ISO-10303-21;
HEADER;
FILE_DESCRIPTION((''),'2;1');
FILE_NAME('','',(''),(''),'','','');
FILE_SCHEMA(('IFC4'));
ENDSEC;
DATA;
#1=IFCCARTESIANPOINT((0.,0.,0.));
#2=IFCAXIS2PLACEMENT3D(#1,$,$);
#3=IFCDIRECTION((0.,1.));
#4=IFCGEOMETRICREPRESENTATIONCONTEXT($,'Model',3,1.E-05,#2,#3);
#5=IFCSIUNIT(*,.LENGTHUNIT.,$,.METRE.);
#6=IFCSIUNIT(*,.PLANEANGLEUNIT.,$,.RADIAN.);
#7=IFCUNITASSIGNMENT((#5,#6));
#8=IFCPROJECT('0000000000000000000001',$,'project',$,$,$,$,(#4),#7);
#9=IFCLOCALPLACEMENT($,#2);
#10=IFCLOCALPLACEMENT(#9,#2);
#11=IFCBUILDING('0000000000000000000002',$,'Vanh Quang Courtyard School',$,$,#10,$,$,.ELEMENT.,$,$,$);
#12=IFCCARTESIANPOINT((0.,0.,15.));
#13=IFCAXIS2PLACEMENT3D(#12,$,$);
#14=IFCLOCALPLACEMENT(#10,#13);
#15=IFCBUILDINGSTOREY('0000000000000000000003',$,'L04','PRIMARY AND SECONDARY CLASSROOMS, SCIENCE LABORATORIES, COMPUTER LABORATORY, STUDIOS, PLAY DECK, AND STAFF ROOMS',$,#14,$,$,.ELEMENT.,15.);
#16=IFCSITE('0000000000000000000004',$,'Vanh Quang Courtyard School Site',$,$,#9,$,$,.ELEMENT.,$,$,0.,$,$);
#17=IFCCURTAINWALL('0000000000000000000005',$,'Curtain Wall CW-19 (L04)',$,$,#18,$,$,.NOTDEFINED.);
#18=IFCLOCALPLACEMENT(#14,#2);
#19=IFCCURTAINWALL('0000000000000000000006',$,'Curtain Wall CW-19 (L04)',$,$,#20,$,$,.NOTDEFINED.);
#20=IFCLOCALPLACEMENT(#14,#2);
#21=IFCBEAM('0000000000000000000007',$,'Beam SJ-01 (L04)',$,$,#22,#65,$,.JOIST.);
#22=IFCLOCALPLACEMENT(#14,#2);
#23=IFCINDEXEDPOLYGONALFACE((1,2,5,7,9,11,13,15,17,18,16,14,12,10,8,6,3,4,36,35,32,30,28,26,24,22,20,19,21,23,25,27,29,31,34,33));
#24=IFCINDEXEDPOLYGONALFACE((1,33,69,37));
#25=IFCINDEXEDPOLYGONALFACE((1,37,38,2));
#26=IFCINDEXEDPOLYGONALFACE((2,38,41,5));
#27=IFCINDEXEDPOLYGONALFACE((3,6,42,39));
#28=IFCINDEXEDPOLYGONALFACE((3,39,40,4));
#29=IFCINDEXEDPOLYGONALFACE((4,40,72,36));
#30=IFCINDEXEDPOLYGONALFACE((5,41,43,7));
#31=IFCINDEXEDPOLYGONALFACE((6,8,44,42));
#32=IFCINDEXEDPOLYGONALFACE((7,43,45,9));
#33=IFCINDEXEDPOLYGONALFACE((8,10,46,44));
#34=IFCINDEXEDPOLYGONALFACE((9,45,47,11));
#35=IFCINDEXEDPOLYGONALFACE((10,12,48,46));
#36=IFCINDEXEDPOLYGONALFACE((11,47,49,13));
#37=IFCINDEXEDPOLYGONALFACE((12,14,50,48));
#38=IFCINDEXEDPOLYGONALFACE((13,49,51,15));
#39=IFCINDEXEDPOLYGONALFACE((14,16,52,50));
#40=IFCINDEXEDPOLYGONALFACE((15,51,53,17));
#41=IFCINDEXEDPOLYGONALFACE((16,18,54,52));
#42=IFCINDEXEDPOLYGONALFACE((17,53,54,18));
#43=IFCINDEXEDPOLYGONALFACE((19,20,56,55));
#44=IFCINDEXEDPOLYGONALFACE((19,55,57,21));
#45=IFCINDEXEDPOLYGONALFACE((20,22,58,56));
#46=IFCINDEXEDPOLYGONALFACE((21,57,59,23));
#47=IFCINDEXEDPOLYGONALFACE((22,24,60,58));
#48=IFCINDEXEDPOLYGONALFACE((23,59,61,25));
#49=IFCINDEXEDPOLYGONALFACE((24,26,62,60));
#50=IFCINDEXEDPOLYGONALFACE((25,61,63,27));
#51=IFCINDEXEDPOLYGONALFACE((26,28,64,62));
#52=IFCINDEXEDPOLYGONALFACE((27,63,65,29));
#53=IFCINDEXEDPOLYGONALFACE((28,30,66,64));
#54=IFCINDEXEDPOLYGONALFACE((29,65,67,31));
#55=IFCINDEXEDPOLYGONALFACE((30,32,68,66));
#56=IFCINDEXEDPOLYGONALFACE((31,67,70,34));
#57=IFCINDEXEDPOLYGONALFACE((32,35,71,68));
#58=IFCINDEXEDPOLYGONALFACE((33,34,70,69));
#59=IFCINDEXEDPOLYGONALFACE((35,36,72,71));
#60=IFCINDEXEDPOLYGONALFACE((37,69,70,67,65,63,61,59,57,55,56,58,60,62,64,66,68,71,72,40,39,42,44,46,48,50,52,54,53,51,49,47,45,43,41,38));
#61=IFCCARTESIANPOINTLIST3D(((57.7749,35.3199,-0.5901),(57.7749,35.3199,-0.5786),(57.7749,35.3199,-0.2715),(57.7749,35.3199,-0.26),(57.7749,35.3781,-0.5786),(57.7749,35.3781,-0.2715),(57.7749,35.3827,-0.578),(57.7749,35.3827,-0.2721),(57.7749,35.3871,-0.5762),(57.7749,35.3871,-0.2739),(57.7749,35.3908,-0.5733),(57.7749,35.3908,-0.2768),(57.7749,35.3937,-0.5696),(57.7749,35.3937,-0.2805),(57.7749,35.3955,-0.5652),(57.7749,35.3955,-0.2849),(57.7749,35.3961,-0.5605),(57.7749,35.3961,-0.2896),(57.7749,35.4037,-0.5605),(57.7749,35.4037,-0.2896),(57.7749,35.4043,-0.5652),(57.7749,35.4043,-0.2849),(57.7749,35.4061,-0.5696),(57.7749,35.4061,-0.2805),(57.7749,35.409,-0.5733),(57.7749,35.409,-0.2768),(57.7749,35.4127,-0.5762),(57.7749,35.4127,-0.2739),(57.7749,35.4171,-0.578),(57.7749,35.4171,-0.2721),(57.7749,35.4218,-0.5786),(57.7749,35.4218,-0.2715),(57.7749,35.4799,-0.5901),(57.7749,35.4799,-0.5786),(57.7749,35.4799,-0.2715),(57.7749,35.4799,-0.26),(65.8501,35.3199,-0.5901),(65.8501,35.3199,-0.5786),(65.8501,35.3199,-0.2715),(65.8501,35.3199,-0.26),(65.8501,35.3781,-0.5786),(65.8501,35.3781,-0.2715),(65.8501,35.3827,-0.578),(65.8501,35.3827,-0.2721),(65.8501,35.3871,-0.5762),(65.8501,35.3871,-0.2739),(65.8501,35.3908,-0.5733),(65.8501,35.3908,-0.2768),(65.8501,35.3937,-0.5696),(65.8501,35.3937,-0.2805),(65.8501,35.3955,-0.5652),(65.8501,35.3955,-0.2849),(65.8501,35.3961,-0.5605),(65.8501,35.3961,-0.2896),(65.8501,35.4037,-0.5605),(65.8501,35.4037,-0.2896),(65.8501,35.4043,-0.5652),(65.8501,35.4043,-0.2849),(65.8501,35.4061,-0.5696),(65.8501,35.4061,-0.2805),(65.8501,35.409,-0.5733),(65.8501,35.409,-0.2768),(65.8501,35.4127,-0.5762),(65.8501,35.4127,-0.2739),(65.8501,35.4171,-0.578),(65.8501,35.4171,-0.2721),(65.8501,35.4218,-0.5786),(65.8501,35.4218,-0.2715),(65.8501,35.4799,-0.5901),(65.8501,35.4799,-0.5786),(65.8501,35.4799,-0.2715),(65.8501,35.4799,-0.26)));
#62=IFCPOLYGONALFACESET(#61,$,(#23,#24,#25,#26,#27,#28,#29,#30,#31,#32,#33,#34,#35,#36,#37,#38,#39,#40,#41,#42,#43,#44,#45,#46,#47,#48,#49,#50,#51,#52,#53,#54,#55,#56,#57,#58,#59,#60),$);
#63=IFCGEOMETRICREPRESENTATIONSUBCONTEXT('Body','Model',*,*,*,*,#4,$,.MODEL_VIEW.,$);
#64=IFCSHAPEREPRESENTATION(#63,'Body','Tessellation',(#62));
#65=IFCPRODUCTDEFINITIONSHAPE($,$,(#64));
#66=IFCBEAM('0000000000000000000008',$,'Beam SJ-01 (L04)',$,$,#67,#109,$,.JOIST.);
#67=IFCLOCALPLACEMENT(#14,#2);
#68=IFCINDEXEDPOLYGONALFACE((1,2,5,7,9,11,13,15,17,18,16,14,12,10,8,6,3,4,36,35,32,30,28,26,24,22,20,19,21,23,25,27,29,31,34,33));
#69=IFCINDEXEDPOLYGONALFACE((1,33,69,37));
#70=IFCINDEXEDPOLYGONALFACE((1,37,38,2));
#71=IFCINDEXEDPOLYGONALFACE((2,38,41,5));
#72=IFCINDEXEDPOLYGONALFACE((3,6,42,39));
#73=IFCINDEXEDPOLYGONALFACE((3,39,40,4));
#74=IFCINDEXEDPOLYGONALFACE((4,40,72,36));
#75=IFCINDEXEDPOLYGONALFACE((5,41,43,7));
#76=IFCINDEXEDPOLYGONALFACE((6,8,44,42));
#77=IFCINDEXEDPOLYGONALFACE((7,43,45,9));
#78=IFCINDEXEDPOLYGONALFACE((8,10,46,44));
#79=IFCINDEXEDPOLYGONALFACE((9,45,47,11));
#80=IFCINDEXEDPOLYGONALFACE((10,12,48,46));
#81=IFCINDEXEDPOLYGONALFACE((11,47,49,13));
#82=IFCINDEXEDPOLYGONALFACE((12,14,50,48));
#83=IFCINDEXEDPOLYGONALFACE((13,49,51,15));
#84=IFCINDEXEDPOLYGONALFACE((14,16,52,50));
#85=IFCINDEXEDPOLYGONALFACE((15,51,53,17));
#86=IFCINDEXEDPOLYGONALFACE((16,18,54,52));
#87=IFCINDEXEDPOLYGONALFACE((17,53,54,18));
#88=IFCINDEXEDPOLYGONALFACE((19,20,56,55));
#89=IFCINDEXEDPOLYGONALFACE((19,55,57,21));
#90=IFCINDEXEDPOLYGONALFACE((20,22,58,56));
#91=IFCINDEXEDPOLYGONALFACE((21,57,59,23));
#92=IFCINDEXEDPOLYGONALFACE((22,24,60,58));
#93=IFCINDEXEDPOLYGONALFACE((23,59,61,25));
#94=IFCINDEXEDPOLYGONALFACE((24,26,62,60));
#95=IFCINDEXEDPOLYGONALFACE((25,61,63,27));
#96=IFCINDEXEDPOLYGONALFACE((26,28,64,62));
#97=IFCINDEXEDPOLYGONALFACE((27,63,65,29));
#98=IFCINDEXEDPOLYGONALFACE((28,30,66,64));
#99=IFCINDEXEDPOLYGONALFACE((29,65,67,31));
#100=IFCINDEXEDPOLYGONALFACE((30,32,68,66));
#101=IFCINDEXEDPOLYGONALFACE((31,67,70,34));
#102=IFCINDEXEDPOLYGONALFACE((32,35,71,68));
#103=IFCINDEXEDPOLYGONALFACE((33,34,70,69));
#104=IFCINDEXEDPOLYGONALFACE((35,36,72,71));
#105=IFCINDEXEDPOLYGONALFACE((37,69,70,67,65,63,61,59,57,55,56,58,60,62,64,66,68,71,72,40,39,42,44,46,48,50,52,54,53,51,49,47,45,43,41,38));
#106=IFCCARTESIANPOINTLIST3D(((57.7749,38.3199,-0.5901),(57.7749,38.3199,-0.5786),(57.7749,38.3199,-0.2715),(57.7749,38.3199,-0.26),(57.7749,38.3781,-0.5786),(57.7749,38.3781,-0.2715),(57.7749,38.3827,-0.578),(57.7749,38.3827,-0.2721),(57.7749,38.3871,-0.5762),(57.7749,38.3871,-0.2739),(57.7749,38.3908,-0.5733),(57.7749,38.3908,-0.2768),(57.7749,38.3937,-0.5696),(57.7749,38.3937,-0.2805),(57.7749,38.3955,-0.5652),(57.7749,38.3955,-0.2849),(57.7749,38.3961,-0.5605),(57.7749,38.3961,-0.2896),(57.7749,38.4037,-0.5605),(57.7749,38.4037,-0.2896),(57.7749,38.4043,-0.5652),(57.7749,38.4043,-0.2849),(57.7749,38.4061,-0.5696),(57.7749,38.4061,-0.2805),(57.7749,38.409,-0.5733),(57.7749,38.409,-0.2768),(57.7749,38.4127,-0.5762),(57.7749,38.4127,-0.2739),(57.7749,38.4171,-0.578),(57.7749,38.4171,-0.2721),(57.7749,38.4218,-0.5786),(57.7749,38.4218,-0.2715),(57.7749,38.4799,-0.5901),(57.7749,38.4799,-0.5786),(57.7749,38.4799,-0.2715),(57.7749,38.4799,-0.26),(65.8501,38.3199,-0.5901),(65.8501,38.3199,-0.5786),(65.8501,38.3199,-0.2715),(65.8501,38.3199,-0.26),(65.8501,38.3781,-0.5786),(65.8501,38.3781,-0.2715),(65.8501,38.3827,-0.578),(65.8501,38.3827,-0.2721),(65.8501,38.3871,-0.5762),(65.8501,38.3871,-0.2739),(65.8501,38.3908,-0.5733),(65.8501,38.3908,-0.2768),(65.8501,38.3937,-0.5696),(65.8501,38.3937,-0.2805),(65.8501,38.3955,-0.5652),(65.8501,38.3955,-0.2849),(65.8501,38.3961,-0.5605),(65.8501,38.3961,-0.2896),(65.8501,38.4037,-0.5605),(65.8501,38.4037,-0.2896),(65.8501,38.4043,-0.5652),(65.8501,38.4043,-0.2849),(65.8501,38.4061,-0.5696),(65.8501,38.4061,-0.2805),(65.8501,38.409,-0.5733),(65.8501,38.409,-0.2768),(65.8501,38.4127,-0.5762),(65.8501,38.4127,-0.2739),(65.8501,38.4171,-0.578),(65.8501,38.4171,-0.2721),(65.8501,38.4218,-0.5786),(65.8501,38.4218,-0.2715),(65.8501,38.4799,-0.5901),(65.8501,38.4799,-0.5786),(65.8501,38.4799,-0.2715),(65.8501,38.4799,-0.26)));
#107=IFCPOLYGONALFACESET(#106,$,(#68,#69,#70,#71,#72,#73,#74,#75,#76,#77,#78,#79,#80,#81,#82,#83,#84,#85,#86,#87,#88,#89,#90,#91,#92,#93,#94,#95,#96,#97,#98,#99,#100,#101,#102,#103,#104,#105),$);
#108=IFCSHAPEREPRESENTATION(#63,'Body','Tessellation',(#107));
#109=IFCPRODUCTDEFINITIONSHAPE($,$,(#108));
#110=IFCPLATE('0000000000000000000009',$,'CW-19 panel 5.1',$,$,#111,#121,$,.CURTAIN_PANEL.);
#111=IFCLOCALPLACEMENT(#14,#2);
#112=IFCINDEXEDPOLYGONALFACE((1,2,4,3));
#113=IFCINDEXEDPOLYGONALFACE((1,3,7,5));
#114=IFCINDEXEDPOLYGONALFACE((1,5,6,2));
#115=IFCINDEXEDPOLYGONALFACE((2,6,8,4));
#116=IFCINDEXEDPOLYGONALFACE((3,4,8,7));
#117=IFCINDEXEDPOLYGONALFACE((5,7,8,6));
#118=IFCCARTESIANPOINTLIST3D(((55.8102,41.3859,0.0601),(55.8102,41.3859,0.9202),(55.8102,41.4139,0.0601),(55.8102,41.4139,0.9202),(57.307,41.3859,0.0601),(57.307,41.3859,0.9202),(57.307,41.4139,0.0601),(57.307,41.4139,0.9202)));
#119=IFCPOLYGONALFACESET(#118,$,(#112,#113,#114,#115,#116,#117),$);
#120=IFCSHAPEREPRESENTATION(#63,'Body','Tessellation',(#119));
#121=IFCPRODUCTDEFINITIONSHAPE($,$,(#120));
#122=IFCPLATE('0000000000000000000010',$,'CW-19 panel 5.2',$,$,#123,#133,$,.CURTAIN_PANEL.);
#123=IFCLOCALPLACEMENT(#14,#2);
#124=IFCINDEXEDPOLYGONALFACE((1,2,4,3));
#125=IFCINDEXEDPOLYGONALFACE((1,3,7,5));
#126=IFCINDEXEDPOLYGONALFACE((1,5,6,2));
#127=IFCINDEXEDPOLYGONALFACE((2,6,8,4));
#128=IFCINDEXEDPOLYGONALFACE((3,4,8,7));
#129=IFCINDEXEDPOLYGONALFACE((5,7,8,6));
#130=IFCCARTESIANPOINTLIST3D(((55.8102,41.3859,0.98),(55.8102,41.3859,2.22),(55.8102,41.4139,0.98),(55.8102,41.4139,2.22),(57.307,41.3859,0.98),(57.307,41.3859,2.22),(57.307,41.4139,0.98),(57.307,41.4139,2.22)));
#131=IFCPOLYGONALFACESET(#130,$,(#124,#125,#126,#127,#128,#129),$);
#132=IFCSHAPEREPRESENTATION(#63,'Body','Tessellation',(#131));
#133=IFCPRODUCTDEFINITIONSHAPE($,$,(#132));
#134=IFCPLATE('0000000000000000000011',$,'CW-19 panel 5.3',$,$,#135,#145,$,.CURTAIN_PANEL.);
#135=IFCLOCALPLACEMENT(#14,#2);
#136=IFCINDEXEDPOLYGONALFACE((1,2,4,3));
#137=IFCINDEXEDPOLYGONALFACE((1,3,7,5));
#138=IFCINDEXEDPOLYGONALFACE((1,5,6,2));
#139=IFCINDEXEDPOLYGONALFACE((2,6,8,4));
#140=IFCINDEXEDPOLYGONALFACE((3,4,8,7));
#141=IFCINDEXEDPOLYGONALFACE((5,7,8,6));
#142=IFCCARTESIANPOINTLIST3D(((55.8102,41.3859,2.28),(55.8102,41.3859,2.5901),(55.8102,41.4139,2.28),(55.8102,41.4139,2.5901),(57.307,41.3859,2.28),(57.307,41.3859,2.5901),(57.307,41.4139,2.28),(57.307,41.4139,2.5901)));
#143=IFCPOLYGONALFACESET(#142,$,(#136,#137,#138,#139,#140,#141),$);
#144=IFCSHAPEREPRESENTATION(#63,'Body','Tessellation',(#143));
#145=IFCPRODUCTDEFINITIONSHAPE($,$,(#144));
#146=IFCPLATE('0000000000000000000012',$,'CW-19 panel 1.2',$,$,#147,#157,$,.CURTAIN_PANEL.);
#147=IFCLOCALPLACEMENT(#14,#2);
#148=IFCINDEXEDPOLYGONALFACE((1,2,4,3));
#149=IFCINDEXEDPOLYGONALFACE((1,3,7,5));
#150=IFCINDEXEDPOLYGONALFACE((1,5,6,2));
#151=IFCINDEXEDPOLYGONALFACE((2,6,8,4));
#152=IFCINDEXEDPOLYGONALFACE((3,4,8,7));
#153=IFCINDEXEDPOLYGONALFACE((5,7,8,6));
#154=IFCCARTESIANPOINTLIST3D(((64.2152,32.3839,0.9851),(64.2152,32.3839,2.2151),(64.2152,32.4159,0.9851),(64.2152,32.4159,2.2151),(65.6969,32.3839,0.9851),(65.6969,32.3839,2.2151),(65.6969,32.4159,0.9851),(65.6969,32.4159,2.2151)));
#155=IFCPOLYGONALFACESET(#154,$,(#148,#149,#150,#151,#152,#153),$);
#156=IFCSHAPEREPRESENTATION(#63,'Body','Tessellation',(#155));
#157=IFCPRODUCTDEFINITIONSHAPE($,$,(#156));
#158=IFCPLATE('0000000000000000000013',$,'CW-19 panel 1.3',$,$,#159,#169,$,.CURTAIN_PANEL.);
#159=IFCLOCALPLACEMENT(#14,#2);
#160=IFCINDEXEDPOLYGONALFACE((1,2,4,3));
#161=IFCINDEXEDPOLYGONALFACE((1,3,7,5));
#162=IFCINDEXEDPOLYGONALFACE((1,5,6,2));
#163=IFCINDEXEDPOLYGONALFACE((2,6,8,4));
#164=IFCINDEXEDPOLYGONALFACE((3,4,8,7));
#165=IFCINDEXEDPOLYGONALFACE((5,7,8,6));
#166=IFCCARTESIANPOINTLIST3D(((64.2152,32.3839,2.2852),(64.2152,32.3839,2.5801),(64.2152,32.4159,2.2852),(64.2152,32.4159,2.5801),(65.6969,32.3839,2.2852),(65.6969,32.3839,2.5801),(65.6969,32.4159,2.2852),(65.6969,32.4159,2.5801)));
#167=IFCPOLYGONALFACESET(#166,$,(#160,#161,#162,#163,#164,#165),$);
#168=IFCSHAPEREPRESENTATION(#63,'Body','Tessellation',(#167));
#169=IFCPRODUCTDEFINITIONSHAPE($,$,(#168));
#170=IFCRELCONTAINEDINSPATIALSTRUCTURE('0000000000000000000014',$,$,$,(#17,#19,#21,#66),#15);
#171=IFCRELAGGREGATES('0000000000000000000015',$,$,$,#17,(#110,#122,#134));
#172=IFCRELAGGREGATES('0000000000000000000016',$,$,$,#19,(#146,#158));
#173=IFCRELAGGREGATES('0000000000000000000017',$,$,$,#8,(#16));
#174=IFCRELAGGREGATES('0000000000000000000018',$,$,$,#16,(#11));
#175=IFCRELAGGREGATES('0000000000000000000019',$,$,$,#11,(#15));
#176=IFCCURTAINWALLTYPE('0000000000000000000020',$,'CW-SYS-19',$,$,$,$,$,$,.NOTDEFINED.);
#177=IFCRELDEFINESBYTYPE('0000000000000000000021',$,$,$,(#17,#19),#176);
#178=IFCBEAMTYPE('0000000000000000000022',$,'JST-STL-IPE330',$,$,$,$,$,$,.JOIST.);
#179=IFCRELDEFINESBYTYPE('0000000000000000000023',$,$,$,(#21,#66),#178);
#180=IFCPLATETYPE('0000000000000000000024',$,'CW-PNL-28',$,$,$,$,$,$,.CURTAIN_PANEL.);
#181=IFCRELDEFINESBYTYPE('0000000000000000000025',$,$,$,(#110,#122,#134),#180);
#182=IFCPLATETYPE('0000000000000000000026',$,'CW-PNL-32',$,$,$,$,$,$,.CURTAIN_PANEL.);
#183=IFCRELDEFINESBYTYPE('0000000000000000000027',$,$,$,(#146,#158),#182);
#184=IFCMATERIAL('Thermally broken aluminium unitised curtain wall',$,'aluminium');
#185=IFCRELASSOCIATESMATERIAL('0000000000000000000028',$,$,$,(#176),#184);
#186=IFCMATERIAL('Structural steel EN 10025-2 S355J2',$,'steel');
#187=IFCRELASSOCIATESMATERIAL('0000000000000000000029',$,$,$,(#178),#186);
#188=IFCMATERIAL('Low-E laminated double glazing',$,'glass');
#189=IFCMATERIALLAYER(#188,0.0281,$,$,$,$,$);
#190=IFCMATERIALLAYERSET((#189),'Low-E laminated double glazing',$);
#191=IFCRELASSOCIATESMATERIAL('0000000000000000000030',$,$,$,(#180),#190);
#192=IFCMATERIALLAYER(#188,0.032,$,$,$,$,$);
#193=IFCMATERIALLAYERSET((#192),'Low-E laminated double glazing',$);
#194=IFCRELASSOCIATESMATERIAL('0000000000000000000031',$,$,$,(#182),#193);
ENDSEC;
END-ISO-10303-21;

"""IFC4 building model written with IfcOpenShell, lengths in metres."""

from ifc_helpers import new_model, si_unit, direction, frame, origin, origin_2d, place, context, subcontext, project, spatial, rectangle, i_section, extrude, material, layer, layer_set, material_profile, profile_set, type_object, element, aggregate, save


model = new_model("IFC4")

# Units and contexts
model_context = context("Model", 3, precision=1e-05, world=origin(), true_north=direction((0.0, 1.0)))
body_context = subcontext(model_context, "Body", "Model", "MODEL_VIEW")
ifc_project = project(units=[si_unit("LENGTHUNIT", "METRE"), si_unit("PLANEANGLEUNIT", "RADIAN")], contexts=[model_context])

# Site, building, storey
site_placement = place(None, origin())
site = spatial("IfcSite", under=ifc_project, at=site_placement, Name="Vanh Quang Courtyard School Site", CompositionType="ELEMENT", RefElevation=0.0)
building_placement = place(site_placement, origin())
building = spatial("IfcBuilding", under=site, at=building_placement, Name="Vanh Quang Courtyard School", CompositionType="ELEMENT")
storey_placement = place(building_placement, frame((0.0, 0.0, 15.0)))
storey = spatial("IfcBuildingStorey", under=building, at=storey_placement, Name="L04", Description="PRIMARY AND SECONDARY CLASSROOMS, SCIENCE LABORATORIES, COMPUTER LABORATORY, STUDIOS, PLAY DECK, AND STAFF ROOMS", CompositionType="ELEMENT", Elevation=15.0)

# Curtain walls
ifc_material_1 = material(Name="Thermally broken aluminium unitised curtain wall", Category="aluminium")
curtain_wall_type_1 = type_object("IfcCurtainWallType", Name="CW-SYS-19", PredefinedType="NOTDEFINED", material=ifc_material_1)
curtain_wall_1_placement = place(storey_placement, origin())
curtain_wall_1 = element("IfcCurtainWall", 1, at=curtain_wall_1_placement, inside=storey, type_object=curtain_wall_type_1, Name="Curtain Wall CW-19 (L04)", PredefinedType="NOTDEFINED")
curtain_wall_2_placement = place(storey_placement, origin())
curtain_wall_2 = element("IfcCurtainWall", 2, at=curtain_wall_2_placement, inside=storey, type_object=curtain_wall_type_1, Name="Curtain Wall CW-19 (L04)", PredefinedType="NOTDEFINED")

# Beams
ifc_material_2 = material(Name="Structural steel EN 10025-2 S355J2", Category="steel")
ifc_material_profile_1 = material_profile(ifc_material_2, i_section(OverallWidth=0.1599, OverallDepth=0.3301, WebThickness=0.0076, FlangeThickness=0.0115, FilletRadius=0.0181, at=origin_2d()), Name="IPE 330")
ifc_profile_set_1 = profile_set([ifc_material_profile_1], Name="Structural steel EN 10025-2 S355J2")
beam_type_1 = type_object("IfcBeamType", Name="JST-STL-IPE330", PredefinedType="JOIST", material=ifc_profile_set_1)
for number, where, z_axis, x_axis, name in (
    (3, (57.7749, 35.3999, -0.425), (1.0, 0.0, 0.0), (0.0, 1.0, 0.0), "Beam SJ-01 (L04)"),
    (4, (57.7749, 38.3999, -0.425), (1.0, 0.0, 0.0), (0.0, 1.0, 0.0), "Beam SJ-01 (L04)"),
):
    element("IfcBeam", number, at=place(storey_placement, frame(where, z_axis=z_axis, x_axis=x_axis)), inside=storey, type_object=beam_type_1, Name=name, PredefinedType="JOIST", context=body_context, shape_type="SweptSolid", body=[
        extrude(i_section(OverallWidth=0.1599, OverallDepth=0.3301, WebThickness=0.0076, FlangeThickness=0.0115, FilletRadius=0.0181, at=origin_2d()), origin(), (0.0, 0.0, 1.0), 8.0752),
    ])

# Plates
ifc_material_3 = material(Name="Low-E laminated double glazing", Category="glass")
ifc_layer_1 = layer(ifc_material_3, 0.0281)
ifc_layer_set_1 = layer_set([ifc_layer_1], Name="Low-E laminated double glazing")
plate_type_1 = type_object("IfcPlateType", Name="CW-PNL-28", PredefinedType="CURTAIN_PANEL", material=ifc_layer_set_1)
plate_1_placement = place(storey_placement, frame((56.5586, 41.3999, 0.0601), z_axis=(0.0, 0.0, 1.0), x_axis=(1.0, 0.0, 0.0)))
plate_1 = element("IfcPlate", 5, at=plate_1_placement, type_object=plate_type_1, Name="CW-19 panel 5.1", PredefinedType="CURTAIN_PANEL", context=body_context, shape_type="SweptSolid", body=[
    extrude(rectangle(XDim=1.4968, YDim=0.0281, at=origin_2d()), origin(), (0.0, 0.0, 1.0), 0.8601),
])
plate_2_placement = place(storey_placement, frame((56.5586, 41.3999, 0.98), z_axis=(0.0, 0.0, 1.0), x_axis=(1.0, 0.0, 0.0)))
plate_2 = element("IfcPlate", 6, at=plate_2_placement, type_object=plate_type_1, Name="CW-19 panel 5.2", PredefinedType="CURTAIN_PANEL", context=body_context, shape_type="SweptSolid", body=[
    extrude(rectangle(XDim=1.4968, YDim=0.0281, at=origin_2d()), origin(), (0.0, 0.0, 1.0), 1.24),
])
plate_3_placement = place(storey_placement, frame((56.5586, 41.3999, 2.28), z_axis=(0.0, 0.0, 1.0), x_axis=(1.0, 0.0, 0.0)))
plate_3 = element("IfcPlate", 7, at=plate_3_placement, type_object=plate_type_1, Name="CW-19 panel 5.3", PredefinedType="CURTAIN_PANEL", context=body_context, shape_type="SweptSolid", body=[
    extrude(rectangle(XDim=1.4968, YDim=0.0281, at=origin_2d()), origin(), (0.0, 0.0, 1.0), 0.3101),
])
aggregate(curtain_wall_1, [plate_1, plate_2, plate_3])
ifc_layer_2 = layer(ifc_material_3, 0.032)
ifc_layer_set_2 = layer_set([ifc_layer_2], Name="Low-E laminated double glazing")
plate_type_2 = type_object("IfcPlateType", Name="CW-PNL-32", PredefinedType="CURTAIN_PANEL", material=ifc_layer_set_2)
plate_4_placement = place(storey_placement, frame((64.9561, 32.3999, 0.9851), z_axis=(0.0, 0.0, 1.0), x_axis=(-1.0, 0.0, 0.0)))
plate_4 = element("IfcPlate", 8, at=plate_4_placement, type_object=plate_type_2, Name="CW-19 panel 1.2", PredefinedType="CURTAIN_PANEL", context=body_context, shape_type="SweptSolid", body=[
    extrude(rectangle(XDim=1.4817, YDim=0.032, at=origin_2d()), origin(), (0.0, 0.0, 1.0), 1.23),
])
plate_5_placement = place(storey_placement, frame((64.9561, 32.3999, 2.2852), z_axis=(0.0, 0.0, 1.0), x_axis=(-1.0, 0.0, 0.0)))
plate_5 = element("IfcPlate", 9, at=plate_5_placement, type_object=plate_type_2, Name="CW-19 panel 1.3", PredefinedType="CURTAIN_PANEL", context=body_context, shape_type="SweptSolid", body=[
    extrude(rectangle(XDim=1.4817, YDim=0.032, at=origin_2d()), origin(), (0.0, 0.0, 1.0), 0.2949),
])
aggregate(curtain_wall_2, [plate_4, plate_5])

save(model, "model.ifc")
